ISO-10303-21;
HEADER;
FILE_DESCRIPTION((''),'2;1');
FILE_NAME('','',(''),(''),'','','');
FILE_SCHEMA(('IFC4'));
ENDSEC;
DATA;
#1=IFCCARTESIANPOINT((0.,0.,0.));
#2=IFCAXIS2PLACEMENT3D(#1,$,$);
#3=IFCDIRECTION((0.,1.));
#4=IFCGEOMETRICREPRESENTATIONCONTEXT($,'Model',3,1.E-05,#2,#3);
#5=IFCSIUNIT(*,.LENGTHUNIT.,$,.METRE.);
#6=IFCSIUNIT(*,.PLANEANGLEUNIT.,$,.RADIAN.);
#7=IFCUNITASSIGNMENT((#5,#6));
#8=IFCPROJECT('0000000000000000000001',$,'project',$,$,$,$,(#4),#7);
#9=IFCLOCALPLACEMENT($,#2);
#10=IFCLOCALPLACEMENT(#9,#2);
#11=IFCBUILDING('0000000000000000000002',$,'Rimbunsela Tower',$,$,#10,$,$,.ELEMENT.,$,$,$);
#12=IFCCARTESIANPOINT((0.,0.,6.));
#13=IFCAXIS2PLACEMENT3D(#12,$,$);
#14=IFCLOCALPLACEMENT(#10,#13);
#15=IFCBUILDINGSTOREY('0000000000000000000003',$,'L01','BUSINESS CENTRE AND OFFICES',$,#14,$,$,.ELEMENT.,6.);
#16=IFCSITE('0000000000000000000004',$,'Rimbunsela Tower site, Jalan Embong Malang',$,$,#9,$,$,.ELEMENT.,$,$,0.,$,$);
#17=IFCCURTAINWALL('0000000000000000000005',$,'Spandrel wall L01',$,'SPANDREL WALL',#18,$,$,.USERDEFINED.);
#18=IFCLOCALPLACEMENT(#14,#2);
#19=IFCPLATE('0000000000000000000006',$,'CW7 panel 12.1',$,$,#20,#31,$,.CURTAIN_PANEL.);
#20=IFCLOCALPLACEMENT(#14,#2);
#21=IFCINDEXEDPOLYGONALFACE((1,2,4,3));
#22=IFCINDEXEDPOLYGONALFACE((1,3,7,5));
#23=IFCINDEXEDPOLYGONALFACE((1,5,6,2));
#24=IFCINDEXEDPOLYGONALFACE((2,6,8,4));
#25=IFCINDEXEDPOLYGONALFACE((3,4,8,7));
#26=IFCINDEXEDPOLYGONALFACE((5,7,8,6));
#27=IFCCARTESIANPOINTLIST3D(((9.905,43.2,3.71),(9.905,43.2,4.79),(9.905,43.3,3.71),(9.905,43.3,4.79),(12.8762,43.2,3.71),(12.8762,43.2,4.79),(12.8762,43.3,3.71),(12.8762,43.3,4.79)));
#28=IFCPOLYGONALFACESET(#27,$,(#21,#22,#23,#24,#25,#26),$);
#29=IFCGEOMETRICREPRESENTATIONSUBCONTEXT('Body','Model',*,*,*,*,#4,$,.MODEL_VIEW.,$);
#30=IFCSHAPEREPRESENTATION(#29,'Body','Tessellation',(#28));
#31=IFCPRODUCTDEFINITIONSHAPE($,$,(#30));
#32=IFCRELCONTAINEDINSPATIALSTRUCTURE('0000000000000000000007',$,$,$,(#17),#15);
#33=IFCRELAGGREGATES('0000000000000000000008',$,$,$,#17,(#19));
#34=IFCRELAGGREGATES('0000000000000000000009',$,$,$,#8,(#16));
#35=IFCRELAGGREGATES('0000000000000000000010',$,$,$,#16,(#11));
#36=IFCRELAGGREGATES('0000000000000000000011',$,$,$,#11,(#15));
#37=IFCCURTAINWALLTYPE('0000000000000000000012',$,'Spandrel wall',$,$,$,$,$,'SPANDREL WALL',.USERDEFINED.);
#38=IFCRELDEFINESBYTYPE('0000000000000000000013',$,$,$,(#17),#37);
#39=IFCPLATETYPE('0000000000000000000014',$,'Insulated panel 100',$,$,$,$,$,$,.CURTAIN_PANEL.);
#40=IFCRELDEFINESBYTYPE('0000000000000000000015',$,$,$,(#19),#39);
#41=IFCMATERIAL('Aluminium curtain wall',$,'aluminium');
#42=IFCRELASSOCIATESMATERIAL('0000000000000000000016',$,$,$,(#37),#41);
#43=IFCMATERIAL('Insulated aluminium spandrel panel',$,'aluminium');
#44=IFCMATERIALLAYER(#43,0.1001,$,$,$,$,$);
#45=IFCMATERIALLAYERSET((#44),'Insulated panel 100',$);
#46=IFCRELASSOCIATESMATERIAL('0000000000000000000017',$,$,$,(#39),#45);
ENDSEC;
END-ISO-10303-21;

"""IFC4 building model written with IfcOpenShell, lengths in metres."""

from ifc_helpers import new_model, si_unit, direction, frame, origin, origin_2d, place, context, subcontext, project, spatial, rectangle, extrude, material, layer, layer_set, type_object, element, aggregate, save


model = new_model("IFC4")

# Units and contexts
model_context = context("Model", 3, precision=1e-05, world=origin(), true_north=direction((0.0, 1.0)))
body_context = subcontext(model_context, "Body", "Model", "MODEL_VIEW")
ifc_project = project(units=[si_unit("LENGTHUNIT", "METRE"), si_unit("PLANEANGLEUNIT", "RADIAN")], contexts=[model_context])

# Site, building, storey
site_placement = place(None, origin())
site = spatial("IfcSite", under=ifc_project, at=site_placement, Name="Rimbunsela Tower site, Jalan Embong Malang", CompositionType="ELEMENT", RefElevation=0.0)
building_placement = place(site_placement, origin())
building = spatial("IfcBuilding", under=site, at=building_placement, Name="Rimbunsela Tower", CompositionType="ELEMENT")
storey_placement = place(building_placement, frame((0.0, 0.0, 6.0)))
storey = spatial("IfcBuildingStorey", under=building, at=storey_placement, Name="L01", Description="BUSINESS CENTRE AND OFFICES", CompositionType="ELEMENT", Elevation=6.0)

# Curtain wall
ifc_material_1 = material(Name="Aluminium curtain wall", Category="aluminium")
curtain_wall_type_1 = type_object("IfcCurtainWallType", Name="Spandrel wall", ElementType="SPANDREL WALL", PredefinedType="USERDEFINED", material=ifc_material_1)
curtain_wall_1_placement = place(storey_placement, origin())
curtain_wall_1 = element("IfcCurtainWall", 1, at=curtain_wall_1_placement, inside=storey, type_object=curtain_wall_type_1, Name="Spandrel wall L01", ObjectType="SPANDREL WALL", PredefinedType="USERDEFINED")

# Plate
ifc_material_2 = material(Name="Insulated aluminium spandrel panel", Category="aluminium")
ifc_layer_1 = layer(ifc_material_2, 0.1001)
ifc_layer_set_1 = layer_set([ifc_layer_1], Name="Insulated panel 100")
plate_type_1 = type_object("IfcPlateType", Name="Insulated panel 100", PredefinedType="CURTAIN_PANEL", material=ifc_layer_set_1)
plate_1_placement = place(storey_placement, frame((11.3906, 43.25, 3.71), z_axis=(0.0, 0.0, 1.0), x_axis=(-1.0, 0.0, 0.0)))
plate_1 = element("IfcPlate", 2, at=plate_1_placement, type_object=plate_type_1, Name="CW7 panel 12.1", PredefinedType="CURTAIN_PANEL", context=body_context, shape_type="SweptSolid", body=[
    extrude(rectangle(XDim=2.9712, YDim=0.1001, at=origin_2d()), origin(), (0.0, 0.0, 1.0), 1.0801),
])
aggregate(curtain_wall_1, [plate_1])

save(model, "model.ifc")
